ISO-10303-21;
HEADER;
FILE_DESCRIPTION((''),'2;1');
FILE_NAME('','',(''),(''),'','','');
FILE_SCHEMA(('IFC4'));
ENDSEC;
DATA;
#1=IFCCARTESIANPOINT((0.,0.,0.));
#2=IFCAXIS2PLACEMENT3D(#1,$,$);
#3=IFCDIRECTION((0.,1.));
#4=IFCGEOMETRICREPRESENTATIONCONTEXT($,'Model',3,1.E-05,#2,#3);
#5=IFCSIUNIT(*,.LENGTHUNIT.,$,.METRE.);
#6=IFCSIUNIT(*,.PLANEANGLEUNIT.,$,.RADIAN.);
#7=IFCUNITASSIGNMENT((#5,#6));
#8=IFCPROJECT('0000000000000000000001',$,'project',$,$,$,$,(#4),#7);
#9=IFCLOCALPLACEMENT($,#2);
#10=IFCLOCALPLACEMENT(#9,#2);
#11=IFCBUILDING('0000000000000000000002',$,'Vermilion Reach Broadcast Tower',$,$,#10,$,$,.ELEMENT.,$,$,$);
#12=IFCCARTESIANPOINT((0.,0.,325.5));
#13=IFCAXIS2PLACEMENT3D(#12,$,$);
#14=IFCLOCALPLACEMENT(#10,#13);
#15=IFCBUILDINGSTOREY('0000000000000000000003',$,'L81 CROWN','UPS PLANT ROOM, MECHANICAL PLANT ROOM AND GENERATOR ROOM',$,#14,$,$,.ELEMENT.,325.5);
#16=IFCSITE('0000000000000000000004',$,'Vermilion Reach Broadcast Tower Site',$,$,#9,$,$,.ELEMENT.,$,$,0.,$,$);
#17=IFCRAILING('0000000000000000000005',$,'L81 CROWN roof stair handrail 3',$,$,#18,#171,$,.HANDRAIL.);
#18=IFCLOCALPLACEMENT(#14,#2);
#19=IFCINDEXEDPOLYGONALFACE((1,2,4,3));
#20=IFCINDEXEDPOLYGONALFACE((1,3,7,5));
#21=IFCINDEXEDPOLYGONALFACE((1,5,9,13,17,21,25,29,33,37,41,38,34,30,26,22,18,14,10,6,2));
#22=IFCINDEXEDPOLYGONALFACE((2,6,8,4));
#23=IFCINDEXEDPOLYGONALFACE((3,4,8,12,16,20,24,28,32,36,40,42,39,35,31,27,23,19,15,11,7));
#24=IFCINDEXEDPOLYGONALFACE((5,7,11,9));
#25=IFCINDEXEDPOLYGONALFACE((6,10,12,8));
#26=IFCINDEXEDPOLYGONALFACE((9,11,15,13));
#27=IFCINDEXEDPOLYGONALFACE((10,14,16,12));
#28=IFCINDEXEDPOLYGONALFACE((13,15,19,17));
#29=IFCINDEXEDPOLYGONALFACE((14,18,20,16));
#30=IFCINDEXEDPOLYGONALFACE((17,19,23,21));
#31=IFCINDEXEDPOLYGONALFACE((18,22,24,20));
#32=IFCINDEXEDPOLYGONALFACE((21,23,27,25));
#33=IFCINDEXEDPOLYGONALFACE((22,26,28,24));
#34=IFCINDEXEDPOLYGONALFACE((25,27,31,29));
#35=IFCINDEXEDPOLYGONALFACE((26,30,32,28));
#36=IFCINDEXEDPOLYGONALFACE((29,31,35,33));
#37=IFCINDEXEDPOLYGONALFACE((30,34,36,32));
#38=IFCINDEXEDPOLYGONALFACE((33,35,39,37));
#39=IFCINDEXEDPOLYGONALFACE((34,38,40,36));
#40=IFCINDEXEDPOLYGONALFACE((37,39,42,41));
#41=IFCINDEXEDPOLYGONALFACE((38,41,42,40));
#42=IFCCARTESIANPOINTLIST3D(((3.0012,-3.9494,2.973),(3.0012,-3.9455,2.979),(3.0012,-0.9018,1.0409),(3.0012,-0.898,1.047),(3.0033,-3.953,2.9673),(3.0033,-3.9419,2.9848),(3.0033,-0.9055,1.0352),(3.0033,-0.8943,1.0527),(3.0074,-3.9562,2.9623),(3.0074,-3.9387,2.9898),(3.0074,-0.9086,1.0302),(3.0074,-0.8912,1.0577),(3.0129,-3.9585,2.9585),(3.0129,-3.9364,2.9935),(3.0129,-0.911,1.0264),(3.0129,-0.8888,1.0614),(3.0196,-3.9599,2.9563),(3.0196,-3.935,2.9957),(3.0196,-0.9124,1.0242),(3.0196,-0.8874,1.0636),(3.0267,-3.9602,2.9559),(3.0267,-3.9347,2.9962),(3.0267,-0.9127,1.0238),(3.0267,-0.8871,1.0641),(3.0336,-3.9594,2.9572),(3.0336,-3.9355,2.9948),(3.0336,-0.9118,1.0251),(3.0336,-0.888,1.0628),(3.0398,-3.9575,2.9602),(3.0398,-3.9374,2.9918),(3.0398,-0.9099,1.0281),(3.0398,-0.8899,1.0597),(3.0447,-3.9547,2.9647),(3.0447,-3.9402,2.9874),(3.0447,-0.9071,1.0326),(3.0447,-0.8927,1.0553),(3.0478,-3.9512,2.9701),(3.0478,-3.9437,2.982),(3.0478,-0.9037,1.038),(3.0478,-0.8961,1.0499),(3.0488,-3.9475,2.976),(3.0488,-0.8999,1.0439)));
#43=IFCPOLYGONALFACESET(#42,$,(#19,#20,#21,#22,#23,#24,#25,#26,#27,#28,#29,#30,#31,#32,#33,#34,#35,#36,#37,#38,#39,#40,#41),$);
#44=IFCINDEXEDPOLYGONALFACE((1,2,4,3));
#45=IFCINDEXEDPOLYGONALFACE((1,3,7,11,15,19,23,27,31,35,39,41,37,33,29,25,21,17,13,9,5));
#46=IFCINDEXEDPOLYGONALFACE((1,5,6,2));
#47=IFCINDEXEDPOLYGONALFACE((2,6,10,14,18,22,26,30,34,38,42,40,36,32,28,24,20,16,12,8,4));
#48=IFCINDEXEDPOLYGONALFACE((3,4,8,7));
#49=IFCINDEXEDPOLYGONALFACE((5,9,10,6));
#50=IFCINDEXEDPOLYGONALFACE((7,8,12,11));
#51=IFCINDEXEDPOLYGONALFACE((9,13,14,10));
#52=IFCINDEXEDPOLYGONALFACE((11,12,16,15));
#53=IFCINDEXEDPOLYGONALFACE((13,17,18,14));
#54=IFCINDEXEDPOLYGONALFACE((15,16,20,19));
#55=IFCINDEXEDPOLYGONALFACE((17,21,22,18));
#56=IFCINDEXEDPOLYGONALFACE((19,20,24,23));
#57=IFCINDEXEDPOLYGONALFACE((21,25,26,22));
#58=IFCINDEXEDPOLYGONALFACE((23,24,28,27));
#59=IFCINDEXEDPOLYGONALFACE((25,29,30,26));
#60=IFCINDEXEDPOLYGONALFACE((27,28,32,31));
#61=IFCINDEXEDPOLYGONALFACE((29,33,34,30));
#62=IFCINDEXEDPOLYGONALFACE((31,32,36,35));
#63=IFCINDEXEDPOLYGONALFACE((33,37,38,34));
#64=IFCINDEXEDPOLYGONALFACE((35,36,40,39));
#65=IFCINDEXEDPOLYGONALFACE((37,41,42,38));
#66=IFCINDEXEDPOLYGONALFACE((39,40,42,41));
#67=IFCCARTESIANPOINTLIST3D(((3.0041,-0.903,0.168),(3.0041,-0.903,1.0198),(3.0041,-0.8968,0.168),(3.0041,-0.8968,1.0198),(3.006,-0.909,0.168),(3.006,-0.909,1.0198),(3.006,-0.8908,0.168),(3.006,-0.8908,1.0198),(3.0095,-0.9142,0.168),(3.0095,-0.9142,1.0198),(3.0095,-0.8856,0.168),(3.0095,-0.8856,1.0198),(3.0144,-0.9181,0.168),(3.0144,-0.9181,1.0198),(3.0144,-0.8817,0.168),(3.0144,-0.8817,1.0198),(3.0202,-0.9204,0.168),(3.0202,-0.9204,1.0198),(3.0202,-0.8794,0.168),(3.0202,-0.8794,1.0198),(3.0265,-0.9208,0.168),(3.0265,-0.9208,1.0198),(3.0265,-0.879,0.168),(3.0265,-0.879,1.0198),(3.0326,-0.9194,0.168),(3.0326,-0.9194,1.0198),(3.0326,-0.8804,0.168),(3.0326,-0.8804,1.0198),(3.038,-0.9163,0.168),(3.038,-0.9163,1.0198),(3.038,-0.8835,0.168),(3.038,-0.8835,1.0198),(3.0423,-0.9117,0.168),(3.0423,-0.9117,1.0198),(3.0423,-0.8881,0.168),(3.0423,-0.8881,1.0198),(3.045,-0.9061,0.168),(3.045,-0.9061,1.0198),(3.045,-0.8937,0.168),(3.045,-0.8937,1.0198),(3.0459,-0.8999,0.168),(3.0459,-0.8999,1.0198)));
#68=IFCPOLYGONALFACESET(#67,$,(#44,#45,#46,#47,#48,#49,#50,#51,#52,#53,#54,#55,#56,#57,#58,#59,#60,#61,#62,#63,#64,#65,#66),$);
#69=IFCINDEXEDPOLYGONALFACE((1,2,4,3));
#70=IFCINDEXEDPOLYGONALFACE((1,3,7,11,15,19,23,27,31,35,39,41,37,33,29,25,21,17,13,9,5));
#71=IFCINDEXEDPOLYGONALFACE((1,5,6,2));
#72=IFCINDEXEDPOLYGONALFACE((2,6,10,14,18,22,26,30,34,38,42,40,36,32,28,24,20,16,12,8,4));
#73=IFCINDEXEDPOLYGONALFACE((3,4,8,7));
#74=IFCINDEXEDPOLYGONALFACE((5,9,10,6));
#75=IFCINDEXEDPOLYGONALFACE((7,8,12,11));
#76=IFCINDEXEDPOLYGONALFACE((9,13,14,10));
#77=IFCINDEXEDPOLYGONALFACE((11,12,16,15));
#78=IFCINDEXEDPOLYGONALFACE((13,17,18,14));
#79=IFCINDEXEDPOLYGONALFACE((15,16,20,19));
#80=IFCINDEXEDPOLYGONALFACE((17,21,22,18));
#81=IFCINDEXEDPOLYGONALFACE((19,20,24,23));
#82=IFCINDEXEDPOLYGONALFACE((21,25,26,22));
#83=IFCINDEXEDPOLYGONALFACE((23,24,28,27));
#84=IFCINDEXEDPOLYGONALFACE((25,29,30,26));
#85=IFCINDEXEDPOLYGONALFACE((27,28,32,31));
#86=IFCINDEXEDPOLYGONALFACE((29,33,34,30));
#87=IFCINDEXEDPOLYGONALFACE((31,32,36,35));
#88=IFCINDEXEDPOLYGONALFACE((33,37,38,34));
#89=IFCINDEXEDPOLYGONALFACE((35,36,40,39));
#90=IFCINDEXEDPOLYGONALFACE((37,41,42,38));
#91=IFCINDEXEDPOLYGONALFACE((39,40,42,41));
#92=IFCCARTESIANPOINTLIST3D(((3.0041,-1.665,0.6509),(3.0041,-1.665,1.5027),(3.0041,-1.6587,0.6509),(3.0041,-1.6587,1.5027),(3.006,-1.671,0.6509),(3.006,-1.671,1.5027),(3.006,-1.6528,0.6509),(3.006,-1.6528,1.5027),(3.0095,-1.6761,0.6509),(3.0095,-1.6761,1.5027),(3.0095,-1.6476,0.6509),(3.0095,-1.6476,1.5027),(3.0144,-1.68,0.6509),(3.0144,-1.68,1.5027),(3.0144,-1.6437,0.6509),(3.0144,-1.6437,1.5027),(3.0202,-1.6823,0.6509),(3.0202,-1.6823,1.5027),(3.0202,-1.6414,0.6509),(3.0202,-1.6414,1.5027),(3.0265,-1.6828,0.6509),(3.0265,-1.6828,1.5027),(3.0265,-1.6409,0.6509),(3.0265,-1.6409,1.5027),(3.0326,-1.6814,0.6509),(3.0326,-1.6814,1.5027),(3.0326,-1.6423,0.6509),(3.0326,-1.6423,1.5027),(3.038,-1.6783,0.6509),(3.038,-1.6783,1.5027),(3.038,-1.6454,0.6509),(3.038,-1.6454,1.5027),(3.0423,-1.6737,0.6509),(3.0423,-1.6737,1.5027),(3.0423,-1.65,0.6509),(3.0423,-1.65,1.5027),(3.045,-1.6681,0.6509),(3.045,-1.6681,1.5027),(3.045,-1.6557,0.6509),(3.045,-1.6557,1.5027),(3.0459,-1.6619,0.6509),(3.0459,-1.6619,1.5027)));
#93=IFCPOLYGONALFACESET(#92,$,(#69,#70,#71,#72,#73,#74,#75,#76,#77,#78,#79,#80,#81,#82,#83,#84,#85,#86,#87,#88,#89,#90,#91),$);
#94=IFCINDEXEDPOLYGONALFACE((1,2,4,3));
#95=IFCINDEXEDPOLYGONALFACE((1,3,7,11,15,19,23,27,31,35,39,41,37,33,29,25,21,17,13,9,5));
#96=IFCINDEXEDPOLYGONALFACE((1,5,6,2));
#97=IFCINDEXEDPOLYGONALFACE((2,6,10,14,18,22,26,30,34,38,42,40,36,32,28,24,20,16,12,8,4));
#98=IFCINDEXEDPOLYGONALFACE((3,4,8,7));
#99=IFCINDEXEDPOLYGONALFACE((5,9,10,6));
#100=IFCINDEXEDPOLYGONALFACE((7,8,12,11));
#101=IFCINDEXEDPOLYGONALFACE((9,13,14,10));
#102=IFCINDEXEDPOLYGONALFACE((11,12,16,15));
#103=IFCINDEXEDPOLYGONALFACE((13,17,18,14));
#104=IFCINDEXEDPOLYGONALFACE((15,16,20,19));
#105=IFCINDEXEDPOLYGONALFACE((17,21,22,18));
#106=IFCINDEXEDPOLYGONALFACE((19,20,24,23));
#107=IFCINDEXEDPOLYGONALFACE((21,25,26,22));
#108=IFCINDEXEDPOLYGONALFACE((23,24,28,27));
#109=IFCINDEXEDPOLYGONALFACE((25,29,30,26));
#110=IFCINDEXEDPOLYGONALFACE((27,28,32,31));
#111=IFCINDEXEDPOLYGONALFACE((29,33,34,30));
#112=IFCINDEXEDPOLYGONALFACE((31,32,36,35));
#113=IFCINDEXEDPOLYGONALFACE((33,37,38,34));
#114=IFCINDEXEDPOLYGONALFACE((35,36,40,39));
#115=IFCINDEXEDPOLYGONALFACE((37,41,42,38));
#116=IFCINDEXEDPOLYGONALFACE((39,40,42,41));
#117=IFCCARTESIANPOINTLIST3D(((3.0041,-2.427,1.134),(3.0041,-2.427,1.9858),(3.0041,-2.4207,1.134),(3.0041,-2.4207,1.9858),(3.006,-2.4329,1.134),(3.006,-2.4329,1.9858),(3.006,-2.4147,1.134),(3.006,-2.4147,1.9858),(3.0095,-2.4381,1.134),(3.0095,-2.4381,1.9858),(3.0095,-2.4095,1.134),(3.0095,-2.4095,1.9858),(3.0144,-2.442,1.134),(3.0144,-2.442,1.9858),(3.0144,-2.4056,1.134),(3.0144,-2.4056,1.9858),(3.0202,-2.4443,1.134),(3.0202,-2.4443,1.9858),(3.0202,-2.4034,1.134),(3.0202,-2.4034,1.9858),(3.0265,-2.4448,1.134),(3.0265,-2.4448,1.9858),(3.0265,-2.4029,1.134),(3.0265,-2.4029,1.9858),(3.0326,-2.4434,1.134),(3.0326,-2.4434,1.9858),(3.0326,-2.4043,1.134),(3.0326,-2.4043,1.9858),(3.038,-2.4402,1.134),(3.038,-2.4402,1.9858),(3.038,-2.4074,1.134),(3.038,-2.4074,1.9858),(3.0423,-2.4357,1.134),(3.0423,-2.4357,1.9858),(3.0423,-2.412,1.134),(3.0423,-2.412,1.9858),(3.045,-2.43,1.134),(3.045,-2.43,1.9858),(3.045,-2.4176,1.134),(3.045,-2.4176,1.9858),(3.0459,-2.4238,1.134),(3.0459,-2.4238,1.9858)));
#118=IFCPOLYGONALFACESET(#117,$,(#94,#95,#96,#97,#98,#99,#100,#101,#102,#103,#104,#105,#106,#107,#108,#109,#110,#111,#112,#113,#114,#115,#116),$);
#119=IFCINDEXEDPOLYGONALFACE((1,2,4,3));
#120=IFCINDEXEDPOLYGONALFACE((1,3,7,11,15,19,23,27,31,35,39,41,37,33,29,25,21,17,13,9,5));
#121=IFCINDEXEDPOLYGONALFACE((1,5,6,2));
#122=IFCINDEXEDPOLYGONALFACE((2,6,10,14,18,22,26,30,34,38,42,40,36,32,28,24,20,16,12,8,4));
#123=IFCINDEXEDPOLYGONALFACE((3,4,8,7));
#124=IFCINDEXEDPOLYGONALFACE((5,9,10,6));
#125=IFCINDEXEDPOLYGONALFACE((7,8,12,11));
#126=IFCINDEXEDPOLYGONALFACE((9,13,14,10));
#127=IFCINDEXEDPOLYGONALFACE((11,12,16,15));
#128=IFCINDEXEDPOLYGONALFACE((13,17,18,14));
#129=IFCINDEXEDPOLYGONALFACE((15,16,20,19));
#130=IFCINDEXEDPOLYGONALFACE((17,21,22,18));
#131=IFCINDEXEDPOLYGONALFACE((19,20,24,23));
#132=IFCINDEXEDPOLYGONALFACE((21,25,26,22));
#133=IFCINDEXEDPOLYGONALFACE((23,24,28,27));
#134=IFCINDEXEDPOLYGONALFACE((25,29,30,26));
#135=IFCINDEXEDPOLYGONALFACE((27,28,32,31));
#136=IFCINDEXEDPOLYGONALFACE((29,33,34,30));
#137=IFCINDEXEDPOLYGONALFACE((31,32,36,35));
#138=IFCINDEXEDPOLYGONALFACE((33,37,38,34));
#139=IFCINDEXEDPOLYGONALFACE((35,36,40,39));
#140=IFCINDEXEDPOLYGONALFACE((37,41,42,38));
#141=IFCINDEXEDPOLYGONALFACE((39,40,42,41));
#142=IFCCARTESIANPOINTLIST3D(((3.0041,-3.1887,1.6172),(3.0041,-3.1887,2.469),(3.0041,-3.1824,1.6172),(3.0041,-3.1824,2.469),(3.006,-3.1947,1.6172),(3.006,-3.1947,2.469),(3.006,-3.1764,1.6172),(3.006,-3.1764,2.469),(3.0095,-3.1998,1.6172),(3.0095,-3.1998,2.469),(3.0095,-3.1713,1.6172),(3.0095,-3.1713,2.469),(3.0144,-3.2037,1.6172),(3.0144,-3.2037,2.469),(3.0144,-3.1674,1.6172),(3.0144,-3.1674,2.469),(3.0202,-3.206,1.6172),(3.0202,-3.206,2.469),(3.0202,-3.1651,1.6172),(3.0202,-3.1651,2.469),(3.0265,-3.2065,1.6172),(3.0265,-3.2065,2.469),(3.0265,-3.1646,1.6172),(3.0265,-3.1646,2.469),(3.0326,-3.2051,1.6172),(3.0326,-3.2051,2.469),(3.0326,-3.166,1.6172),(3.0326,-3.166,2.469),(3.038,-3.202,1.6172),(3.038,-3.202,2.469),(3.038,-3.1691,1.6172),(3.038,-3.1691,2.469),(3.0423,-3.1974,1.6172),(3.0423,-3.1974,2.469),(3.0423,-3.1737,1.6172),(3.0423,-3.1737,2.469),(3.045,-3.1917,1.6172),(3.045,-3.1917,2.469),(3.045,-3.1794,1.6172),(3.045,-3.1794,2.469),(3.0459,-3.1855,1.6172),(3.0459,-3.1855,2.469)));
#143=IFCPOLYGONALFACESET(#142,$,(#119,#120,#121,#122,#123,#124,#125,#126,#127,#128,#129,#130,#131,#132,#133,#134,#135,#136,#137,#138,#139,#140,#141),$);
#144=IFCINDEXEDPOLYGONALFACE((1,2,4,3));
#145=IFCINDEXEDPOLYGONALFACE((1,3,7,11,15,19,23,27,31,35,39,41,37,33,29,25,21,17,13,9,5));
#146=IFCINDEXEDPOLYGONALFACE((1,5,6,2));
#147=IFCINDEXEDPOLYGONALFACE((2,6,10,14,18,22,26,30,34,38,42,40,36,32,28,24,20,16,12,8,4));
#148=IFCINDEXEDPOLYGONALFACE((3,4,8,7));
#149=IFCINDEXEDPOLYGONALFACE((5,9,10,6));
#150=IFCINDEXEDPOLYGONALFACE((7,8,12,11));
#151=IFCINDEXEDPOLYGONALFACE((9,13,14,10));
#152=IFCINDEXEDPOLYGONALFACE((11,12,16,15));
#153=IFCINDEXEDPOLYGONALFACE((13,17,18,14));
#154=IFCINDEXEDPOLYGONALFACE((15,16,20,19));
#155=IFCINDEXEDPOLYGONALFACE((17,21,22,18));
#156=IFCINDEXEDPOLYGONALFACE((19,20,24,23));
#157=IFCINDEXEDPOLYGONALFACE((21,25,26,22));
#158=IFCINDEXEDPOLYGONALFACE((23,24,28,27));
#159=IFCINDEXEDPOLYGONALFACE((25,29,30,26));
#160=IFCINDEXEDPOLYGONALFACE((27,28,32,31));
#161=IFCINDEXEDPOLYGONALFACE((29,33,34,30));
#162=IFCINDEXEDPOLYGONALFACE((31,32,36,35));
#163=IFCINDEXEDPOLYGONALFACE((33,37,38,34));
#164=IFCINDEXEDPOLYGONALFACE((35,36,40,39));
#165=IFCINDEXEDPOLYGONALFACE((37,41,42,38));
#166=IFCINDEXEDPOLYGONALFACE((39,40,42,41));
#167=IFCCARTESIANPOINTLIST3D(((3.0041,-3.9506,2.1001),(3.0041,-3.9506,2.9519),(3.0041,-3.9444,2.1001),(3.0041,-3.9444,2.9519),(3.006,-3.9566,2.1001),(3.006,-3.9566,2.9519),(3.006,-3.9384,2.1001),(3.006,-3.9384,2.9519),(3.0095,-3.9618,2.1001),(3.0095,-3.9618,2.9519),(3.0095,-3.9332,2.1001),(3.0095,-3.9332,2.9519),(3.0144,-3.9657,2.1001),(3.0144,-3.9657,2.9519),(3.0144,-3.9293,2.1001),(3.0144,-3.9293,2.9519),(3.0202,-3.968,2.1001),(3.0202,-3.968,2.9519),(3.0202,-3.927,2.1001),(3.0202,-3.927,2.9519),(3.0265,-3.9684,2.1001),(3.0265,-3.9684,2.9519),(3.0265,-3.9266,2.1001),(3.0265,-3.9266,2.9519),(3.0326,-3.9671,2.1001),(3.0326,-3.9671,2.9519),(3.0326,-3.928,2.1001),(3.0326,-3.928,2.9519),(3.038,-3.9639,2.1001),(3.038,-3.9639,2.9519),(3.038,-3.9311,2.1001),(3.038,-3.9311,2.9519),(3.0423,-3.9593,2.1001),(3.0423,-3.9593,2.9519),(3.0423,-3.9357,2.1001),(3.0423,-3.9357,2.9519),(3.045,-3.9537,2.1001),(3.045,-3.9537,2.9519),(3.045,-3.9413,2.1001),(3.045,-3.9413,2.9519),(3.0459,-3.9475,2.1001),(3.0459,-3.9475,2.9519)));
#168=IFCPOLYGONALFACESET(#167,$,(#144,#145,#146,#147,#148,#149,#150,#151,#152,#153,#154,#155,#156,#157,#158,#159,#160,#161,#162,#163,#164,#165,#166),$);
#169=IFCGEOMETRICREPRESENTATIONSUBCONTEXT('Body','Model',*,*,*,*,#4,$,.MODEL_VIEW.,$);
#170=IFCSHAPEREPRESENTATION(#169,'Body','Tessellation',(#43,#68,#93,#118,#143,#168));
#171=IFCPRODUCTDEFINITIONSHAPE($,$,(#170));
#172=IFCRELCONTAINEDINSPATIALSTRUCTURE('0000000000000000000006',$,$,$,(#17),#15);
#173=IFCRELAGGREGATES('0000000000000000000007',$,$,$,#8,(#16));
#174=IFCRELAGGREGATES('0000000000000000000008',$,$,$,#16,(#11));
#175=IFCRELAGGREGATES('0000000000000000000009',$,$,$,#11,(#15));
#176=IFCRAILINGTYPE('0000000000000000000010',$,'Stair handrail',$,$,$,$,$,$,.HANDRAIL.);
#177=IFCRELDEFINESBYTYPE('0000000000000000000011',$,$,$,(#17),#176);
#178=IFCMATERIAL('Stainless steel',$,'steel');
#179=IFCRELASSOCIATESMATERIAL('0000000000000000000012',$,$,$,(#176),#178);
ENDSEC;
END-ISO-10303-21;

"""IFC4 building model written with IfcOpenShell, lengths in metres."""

from ifc_helpers import new_model, si_unit, direction, frame, origin, origin_2d, place, context, subcontext, project, spatial, circle, extrude, material, type_object, element, save


model = new_model("IFC4")

# Units and contexts
model_context = context("Model", 3, precision=1e-05, world=origin(), true_north=direction((0.0, 1.0)))
body_context = subcontext(model_context, "Body", "Model", "MODEL_VIEW")
ifc_project = project(units=[si_unit("LENGTHUNIT", "METRE"), si_unit("PLANEANGLEUNIT", "RADIAN")], contexts=[model_context])

# Site, building, storey
site_placement = place(None, origin())
site = spatial("IfcSite", under=ifc_project, at=site_placement, Name="Vermilion Reach Broadcast Tower Site", CompositionType="ELEMENT", RefElevation=0.0)
building_placement = place(site_placement, origin())
building = spatial("IfcBuilding", under=site, at=building_placement, Name="Vermilion Reach Broadcast Tower", CompositionType="ELEMENT")
storey_placement = place(building_placement, frame((0.0, 0.0, 325.5)))
storey = spatial("IfcBuildingStorey", under=building, at=storey_placement, Name="L81 CROWN", Description="UPS PLANT ROOM, MECHANICAL PLANT ROOM AND GENERATOR ROOM", CompositionType="ELEMENT", Elevation=325.5)

# Railing
ifc_material_1 = material(Name="Stainless steel", Category="steel")
railing_type_1 = type_object("IfcRailingType", Name="Stair handrail", PredefinedType="HANDRAIL", material=ifc_material_1)
for number, where, name in (
    (1, (3.0249, -0.8999, 0.168), "L81 CROWN roof stair handrail 3"),
):
    element("IfcRailing", number, at=place(storey_placement, frame(where)), inside=storey, type_object=railing_type_1, Name=name, PredefinedType="HANDRAIL", context=body_context, shape_type="SweptSolid", body=[
        extrude(circle(Radius=0.0239, at=origin_2d()), frame((0.0, 0.0, 0.876), z_axis=(0.0, -0.844571, 0.535443), x_axis=(1.0, 0.0, 0.0)), (0.0, 0.0, 1.0), 3.6084),
        extrude(circle(Radius=0.021, at=origin_2d()), origin(), (0.0, 0.0, 1.0), 0.8518),
        extrude(circle(Radius=0.021, at=origin_2d()), frame((0.0, -0.762, 0.4829)), (0.0, 0.0, 1.0), 0.8518),
        extrude(circle(Radius=0.021, at=origin_2d()), frame((0.0, -1.5239, 0.9661)), (0.0, 0.0, 1.0), 0.8518),
        extrude(circle(Radius=0.021, at=origin_2d()), frame((0.0, -2.2856, 1.4492)), (0.0, 0.0, 1.0), 0.8518),
        extrude(circle(Radius=0.021, at=origin_2d()), frame((0.0, -3.0476, 1.9321)), (0.0, 0.0, 1.0), 0.8518),
    ])

save(model, "model.ifc")
